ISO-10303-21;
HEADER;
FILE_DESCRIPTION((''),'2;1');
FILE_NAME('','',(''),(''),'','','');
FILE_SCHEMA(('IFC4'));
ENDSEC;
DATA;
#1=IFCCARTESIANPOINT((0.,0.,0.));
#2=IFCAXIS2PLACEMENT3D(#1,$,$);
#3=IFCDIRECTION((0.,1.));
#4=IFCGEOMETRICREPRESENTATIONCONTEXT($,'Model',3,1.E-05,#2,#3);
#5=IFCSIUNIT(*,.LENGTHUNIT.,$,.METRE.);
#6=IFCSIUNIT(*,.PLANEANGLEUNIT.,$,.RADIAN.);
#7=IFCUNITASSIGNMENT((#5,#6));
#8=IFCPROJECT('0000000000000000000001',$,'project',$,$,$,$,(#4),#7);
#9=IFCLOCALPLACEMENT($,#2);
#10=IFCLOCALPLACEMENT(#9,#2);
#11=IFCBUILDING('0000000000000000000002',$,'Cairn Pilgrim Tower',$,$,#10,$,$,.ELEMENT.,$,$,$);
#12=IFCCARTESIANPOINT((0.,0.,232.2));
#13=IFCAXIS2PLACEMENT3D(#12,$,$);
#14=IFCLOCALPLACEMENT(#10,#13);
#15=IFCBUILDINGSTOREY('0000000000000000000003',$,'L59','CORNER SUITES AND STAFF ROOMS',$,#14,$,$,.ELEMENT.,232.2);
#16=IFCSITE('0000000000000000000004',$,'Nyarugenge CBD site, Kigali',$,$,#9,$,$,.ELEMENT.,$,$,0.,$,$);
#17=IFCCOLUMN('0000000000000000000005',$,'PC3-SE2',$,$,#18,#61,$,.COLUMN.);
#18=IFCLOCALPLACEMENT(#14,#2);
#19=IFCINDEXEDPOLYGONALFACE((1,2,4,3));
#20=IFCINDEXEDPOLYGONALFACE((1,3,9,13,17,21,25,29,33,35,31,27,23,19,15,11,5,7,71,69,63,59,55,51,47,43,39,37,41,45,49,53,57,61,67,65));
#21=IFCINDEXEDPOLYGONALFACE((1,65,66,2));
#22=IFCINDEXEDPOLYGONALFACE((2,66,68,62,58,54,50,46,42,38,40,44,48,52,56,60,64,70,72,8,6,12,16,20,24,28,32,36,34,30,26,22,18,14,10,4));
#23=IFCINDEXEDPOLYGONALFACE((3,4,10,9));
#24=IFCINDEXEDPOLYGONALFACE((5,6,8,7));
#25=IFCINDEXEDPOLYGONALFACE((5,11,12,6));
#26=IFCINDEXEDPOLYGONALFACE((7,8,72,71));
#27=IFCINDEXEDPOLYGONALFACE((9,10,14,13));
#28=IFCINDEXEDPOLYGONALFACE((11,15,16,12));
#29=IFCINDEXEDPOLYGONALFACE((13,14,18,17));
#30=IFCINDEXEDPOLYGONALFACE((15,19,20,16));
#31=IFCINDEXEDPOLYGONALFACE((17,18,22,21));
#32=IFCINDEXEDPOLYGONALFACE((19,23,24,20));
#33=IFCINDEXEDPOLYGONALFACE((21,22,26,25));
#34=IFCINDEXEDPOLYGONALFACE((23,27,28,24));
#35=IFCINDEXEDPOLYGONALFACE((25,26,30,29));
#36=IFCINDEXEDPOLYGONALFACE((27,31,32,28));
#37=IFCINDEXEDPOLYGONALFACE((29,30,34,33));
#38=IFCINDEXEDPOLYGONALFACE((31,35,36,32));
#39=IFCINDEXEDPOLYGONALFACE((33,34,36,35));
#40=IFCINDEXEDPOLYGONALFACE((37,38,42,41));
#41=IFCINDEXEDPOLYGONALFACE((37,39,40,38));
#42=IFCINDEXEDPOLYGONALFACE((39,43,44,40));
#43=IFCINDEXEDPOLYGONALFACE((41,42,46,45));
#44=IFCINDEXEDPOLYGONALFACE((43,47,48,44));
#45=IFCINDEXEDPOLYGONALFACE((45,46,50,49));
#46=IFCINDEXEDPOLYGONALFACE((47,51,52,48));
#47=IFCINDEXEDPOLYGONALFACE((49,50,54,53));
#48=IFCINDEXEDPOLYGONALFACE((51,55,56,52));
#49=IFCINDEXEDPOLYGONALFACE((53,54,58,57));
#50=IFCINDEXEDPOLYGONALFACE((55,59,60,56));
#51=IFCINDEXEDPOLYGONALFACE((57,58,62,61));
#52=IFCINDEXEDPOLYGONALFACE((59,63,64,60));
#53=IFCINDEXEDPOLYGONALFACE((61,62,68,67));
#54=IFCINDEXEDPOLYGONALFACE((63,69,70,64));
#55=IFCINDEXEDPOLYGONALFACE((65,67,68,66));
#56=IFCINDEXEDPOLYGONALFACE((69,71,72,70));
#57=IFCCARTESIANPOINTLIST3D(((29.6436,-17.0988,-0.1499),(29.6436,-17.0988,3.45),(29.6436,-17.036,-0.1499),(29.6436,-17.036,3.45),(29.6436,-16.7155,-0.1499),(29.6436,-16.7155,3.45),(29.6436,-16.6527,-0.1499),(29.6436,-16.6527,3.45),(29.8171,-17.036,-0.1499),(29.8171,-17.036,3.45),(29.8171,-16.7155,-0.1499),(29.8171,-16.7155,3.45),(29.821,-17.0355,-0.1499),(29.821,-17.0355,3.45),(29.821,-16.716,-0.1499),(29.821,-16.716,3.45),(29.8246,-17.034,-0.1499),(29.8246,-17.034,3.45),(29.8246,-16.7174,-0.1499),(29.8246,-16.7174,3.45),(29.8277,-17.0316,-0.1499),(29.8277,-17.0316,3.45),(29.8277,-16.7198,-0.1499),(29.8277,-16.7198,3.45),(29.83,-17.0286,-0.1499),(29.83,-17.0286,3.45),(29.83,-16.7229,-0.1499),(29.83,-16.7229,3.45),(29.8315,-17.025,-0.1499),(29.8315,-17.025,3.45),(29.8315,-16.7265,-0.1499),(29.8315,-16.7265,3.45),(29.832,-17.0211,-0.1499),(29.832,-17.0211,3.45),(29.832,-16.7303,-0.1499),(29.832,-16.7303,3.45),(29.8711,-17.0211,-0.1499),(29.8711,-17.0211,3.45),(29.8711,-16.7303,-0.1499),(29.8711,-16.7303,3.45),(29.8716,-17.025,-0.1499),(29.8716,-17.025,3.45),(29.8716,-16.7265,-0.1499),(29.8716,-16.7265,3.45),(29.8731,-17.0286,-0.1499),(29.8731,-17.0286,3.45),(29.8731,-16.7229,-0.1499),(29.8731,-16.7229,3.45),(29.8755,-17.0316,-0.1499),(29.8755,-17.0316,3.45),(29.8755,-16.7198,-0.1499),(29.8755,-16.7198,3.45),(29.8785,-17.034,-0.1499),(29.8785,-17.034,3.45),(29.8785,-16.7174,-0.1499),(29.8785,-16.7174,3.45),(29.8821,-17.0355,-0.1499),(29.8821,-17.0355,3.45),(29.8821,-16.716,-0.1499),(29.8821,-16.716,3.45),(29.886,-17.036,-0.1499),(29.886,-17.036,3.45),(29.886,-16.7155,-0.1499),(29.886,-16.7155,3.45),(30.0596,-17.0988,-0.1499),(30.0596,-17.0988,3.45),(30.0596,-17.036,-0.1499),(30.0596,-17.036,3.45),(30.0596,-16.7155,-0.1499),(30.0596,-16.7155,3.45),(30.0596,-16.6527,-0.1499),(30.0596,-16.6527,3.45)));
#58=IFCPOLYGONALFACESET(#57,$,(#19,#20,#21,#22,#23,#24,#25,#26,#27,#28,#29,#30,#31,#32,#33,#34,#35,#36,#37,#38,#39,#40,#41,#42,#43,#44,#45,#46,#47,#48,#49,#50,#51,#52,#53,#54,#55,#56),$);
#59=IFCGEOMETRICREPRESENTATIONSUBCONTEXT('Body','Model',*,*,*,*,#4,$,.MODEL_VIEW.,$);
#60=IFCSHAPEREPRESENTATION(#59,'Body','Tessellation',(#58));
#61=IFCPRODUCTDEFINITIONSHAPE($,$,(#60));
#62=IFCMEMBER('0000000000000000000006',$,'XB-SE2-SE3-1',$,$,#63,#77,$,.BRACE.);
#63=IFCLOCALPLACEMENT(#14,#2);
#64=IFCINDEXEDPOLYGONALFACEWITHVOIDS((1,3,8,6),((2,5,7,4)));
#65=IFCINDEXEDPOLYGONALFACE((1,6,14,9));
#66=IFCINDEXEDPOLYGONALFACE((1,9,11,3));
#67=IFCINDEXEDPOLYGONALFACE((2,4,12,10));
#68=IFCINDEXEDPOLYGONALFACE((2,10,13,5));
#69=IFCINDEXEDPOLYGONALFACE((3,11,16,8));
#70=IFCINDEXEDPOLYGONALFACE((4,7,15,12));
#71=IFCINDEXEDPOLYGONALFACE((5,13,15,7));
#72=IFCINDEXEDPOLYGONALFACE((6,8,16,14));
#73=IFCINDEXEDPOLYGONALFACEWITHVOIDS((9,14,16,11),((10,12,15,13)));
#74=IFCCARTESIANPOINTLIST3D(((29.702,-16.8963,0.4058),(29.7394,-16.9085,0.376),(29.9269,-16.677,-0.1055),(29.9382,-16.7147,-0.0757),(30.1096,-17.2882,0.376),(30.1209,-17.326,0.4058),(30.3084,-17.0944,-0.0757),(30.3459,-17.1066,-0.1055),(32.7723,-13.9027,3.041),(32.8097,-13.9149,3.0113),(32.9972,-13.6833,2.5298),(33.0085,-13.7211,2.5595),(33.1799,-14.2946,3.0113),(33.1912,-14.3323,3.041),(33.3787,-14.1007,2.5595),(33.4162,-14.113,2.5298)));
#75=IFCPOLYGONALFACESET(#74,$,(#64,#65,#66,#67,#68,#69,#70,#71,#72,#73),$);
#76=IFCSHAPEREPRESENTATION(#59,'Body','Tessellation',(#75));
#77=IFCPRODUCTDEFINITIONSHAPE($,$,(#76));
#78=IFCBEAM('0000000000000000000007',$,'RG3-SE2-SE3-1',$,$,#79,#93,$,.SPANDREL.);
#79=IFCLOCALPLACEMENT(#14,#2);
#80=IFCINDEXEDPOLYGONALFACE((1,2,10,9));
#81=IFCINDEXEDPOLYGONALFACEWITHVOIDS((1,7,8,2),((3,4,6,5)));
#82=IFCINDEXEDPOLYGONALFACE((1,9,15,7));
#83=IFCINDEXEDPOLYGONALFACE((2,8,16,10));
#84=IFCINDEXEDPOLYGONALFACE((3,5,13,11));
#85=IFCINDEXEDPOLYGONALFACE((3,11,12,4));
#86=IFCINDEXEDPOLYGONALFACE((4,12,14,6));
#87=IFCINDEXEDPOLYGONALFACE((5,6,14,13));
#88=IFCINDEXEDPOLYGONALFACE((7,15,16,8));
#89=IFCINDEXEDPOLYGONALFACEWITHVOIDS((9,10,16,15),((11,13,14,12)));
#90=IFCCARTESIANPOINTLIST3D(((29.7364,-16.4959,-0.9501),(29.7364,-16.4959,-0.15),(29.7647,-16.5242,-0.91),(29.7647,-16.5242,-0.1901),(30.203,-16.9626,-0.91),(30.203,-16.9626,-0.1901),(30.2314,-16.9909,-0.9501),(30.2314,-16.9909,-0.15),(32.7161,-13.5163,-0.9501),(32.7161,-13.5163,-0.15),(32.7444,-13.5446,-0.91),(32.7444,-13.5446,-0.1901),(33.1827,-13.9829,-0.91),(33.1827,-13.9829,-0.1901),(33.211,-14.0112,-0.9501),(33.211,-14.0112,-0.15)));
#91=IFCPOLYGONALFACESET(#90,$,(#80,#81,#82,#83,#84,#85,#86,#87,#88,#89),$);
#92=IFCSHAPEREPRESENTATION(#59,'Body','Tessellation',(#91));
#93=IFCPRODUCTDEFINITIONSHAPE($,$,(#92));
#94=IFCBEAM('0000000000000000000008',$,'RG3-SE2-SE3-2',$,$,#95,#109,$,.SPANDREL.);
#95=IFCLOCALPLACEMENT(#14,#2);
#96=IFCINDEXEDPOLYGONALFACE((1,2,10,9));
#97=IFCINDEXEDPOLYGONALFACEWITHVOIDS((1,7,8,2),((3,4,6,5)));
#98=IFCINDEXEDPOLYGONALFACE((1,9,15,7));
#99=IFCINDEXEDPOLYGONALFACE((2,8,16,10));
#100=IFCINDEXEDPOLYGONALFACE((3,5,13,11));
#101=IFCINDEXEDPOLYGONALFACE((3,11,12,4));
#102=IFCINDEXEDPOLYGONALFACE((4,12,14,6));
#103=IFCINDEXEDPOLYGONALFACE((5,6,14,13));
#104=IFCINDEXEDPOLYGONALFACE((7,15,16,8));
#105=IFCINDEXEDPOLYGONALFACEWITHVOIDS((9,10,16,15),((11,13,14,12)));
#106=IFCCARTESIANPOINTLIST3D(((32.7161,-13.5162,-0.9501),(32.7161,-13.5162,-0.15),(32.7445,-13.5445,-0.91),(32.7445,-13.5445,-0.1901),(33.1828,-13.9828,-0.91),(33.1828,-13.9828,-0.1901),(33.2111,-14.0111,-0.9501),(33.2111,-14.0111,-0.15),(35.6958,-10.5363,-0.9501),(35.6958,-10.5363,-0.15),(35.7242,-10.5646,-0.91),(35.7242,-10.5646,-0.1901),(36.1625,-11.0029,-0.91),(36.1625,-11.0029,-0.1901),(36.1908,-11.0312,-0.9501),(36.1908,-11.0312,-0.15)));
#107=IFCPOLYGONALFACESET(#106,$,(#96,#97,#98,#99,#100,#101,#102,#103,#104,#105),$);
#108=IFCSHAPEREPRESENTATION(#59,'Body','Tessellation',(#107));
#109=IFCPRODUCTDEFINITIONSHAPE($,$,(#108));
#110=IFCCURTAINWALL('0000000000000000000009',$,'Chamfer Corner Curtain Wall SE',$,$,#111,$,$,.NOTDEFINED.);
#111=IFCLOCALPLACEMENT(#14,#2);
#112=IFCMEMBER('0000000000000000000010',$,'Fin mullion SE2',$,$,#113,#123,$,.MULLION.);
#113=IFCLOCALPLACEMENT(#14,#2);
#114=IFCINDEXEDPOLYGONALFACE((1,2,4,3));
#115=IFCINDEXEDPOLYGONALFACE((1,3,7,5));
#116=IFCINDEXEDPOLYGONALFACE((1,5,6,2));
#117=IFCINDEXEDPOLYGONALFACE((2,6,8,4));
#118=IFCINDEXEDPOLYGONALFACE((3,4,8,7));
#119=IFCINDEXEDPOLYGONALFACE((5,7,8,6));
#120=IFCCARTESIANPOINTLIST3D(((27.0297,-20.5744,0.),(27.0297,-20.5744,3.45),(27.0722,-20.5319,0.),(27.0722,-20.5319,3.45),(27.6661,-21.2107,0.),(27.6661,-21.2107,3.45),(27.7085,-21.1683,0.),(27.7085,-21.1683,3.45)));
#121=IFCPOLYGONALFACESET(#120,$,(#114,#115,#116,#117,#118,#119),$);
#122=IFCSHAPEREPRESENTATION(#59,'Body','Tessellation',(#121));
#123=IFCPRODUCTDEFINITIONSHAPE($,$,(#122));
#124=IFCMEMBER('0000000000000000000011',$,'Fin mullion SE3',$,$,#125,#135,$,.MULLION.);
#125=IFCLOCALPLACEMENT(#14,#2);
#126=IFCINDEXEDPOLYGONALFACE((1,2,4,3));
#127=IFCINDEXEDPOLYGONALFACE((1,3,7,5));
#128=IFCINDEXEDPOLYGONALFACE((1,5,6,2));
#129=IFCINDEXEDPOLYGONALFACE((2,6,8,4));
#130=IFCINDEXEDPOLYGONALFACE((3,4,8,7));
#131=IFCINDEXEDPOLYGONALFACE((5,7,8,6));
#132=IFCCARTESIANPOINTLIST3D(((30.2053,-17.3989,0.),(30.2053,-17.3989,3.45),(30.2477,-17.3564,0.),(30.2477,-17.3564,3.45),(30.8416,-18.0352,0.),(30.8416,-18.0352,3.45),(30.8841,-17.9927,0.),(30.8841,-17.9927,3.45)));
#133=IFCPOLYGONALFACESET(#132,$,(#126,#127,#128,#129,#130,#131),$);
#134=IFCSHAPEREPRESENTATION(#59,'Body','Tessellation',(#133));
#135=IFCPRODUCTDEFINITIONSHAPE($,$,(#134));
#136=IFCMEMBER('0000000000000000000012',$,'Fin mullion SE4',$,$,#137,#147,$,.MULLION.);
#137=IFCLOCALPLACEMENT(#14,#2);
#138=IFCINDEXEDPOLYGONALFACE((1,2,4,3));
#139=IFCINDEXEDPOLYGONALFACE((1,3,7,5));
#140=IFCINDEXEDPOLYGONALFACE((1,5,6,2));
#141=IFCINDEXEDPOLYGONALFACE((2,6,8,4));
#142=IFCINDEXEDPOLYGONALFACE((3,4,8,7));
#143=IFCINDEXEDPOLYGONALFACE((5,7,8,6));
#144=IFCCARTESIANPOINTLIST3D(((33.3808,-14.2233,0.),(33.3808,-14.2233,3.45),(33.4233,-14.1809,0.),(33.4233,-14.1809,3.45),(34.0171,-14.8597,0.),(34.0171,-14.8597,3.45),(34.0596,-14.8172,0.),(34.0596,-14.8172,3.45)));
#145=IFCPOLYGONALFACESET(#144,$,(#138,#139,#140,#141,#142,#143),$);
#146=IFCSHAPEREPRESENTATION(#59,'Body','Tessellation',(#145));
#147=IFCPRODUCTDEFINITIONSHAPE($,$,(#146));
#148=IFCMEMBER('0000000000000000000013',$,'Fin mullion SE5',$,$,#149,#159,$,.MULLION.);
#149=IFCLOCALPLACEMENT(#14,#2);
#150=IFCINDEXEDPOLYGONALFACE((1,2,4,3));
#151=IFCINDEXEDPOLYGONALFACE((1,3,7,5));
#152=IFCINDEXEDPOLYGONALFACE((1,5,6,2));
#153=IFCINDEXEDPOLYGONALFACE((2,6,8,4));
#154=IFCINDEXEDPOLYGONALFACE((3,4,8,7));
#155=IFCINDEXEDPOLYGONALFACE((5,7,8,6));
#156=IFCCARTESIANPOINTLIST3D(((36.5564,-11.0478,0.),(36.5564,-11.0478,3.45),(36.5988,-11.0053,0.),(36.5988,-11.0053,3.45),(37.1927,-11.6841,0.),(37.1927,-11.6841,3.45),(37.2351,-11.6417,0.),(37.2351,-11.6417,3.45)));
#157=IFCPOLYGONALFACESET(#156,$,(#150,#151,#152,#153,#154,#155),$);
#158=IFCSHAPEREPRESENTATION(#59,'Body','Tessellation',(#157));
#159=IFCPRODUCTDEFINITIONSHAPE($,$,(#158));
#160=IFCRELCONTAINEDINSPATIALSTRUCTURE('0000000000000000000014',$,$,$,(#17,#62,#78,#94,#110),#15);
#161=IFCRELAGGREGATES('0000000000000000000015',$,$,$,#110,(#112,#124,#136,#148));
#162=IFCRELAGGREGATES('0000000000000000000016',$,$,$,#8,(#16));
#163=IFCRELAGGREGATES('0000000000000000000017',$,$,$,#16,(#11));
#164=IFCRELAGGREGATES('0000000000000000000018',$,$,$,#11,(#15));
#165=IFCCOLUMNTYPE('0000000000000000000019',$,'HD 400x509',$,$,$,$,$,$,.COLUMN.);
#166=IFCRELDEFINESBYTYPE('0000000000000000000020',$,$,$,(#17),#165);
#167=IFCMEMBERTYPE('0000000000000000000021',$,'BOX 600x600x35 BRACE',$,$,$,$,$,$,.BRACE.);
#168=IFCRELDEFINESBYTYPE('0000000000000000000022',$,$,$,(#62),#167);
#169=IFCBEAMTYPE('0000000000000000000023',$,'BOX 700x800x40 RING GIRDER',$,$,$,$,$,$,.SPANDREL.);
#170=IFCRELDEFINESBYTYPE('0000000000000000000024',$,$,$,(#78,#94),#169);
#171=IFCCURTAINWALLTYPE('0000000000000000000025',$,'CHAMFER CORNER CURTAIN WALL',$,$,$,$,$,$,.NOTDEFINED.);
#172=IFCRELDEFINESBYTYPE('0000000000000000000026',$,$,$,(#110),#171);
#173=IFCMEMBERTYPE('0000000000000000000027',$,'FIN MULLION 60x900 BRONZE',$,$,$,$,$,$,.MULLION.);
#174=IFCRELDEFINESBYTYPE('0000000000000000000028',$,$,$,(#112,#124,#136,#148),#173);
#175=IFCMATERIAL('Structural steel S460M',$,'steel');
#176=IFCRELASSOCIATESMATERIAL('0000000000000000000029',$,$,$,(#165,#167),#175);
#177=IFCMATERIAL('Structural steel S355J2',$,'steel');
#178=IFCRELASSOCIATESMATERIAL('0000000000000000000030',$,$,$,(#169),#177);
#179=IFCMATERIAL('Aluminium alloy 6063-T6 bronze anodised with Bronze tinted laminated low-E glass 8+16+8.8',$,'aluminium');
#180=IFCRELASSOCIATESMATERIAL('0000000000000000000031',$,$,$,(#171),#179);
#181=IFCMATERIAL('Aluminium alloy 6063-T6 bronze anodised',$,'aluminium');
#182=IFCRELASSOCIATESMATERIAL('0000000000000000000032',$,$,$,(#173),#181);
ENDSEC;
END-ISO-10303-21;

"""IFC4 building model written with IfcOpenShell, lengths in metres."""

from ifc_helpers import new_model, si_unit, direction, frame, origin, origin_2d, place, context, subcontext, project, spatial, rectangle, hollow_rectangle, i_section, extrude, material, material_profile, profile_set, type_object, element, aggregate, save


model = new_model("IFC4")

# Units and contexts
model_context = context("Model", 3, precision=1e-05, world=origin(), true_north=direction((0.0, 1.0)))
body_context = subcontext(model_context, "Body", "Model", "MODEL_VIEW")
ifc_project = project(units=[si_unit("LENGTHUNIT", "METRE"), si_unit("PLANEANGLEUNIT", "RADIAN")], contexts=[model_context])

# Site, building, storey
site_placement = place(None, origin())
site = spatial("IfcSite", under=ifc_project, at=site_placement, Name="Nyarugenge CBD site, Kigali", CompositionType="ELEMENT", RefElevation=0.0)
building_placement = place(site_placement, origin())
building = spatial("IfcBuilding", under=site, at=building_placement, Name="Cairn Pilgrim Tower", CompositionType="ELEMENT")
storey_placement = place(building_placement, frame((0.0, 0.0, 232.2)))
storey = spatial("IfcBuildingStorey", under=building, at=storey_placement, Name="L59", Description="CORNER SUITES AND STAFF ROOMS", CompositionType="ELEMENT", Elevation=232.2)

# Column
ifc_material_1 = material(Name="Structural steel S460M", Category="steel")
ifc_material_profile_1 = material_profile(ifc_material_1, i_section(OverallWidth=0.416, OverallDepth=0.446, WebThickness=0.0391, FlangeThickness=0.0627, FilletRadius=0.0149, at=origin_2d()), Name="HD 400x509")
ifc_profile_set_1 = profile_set([ifc_material_profile_1], Name="Structural steel S460M")
column_type = type_object("IfcColumnType", Name="HD 400x509", PredefinedType="COLUMN", material=ifc_profile_set_1)
column_placement = place(storey_placement, frame((29.8516, -16.8757, -0.1499), z_axis=(0.0, 0.0, 1.0), x_axis=(1.0, 0.0, 0.0)))
element("IfcColumn", 1, at=column_placement, inside=storey, type_object=column_type, Name="PC3-SE2", PredefinedType="COLUMN", context=body_context, shape_type="SweptSolid", body=[
    extrude(i_section(OverallWidth=0.416, OverallDepth=0.446, WebThickness=0.0391, FlangeThickness=0.0627, FilletRadius=0.0149, at=origin_2d()), origin(), (0.0, 0.0, 1.0), 3.5999),
])

# Member
ifc_material_profile_2 = material_profile(ifc_material_1, hollow_rectangle(XDim=0.6001, YDim=0.6001, WallThickness=0.0349, at=origin_2d()), Name="BOX 600x600x35")
ifc_profile_set_2 = profile_set([ifc_material_profile_2], Name="Structural steel S460M")
member_type_1 = type_object("IfcMemberType", Name="BOX 600x600x35 BRACE", PredefinedType="BRACE", material=ifc_profile_set_2)
member_1_placement = place(storey_placement, frame((30.0239, -17.0015, 0.1501), z_axis=(0.610009, 0.594778, 0.523572), x_axis=(-0.698112, 0.715989, 0.0)))
element("IfcMember", 2, at=member_1_placement, inside=storey, type_object=member_type_1, Name="XB-SE2-SE3-1", PredefinedType="BRACE", context=body_context, shape_type="SweptSolid", body=[
    extrude(hollow_rectangle(XDim=0.6001, YDim=0.6001, WallThickness=0.0349, at=origin_2d()), origin(), (0.0, 0.0, 1.0), 5.0332),
])

# Beams
ifc_material_2 = material(Name="Structural steel S355J2", Category="steel")
ifc_material_profile_3 = material_profile(ifc_material_2, hollow_rectangle(XDim=0.7, YDim=0.8, WallThickness=0.04, at=origin_2d()), Name="BOX 700x800x40")
ifc_profile_set_3 = profile_set([ifc_material_profile_3], Name="Structural steel S355J2")
beam_type_1 = type_object("IfcBeamType", Name="BOX 700x800x40 RING GIRDER", PredefinedType="SPANDREL", material=ifc_profile_set_3)
beam_1_placement = place(storey_placement, frame((29.9839, -16.7434, -0.55), z_axis=(0.707107, 0.707107, 0.0), x_axis=(-0.707107, 0.707107, 0.0)))
element("IfcBeam", 3, at=beam_1_placement, inside=storey, type_object=beam_type_1, Name="RG3-SE2-SE3-1", PredefinedType="SPANDREL", context=body_context, shape_type="SweptSolid", body=[
    extrude(hollow_rectangle(XDim=0.7, YDim=0.8, WallThickness=0.04, at=origin_2d()), origin(), (0.0, 0.0, 1.0), 4.2139),
])
beam_2_placement = place(storey_placement, frame((32.9636, -13.7637, -0.55), z_axis=(0.707078, 0.707136, 0.0), x_axis=(-0.707136, 0.707078, 0.0)))
element("IfcBeam", 4, at=beam_2_placement, inside=storey, type_object=beam_type_1, Name="RG3-SE2-SE3-2", PredefinedType="SPANDREL", context=body_context, shape_type="SweptSolid", body=[
    extrude(hollow_rectangle(XDim=0.7, YDim=0.8, WallThickness=0.04, at=origin_2d()), origin(), (0.0, 0.0, 1.0), 4.2141),
])

# Curtain wall, members
ifc_material_3 = material(Name="Aluminium alloy 6063-T6 bronze anodised with Bronze tinted laminated low-E glass 8+16+8.8", Category="aluminium")
curtain_wall_type = type_object("IfcCurtainWallType", Name="CHAMFER CORNER CURTAIN WALL", PredefinedType="NOTDEFINED", material=ifc_material_3)
curtain_wall_placement = place(storey_placement, origin())
curtain_wall = element("IfcCurtainWall", 5, at=curtain_wall_placement, inside=storey, type_object=curtain_wall_type, Name="Chamfer Corner Curtain Wall SE", PredefinedType="NOTDEFINED")
ifc_material_4 = material(Name="Aluminium alloy 6063-T6 bronze anodised", Category="aluminium")
ifc_material_profile_4 = material_profile(ifc_material_4, rectangle(XDim=0.8999, YDim=0.0601, at=origin_2d()), Name="FIN MULLION 60x900 BRONZE")
ifc_profile_set_4 = profile_set([ifc_material_profile_4], Name="Aluminium alloy 6063-T6 bronze anodised")
member_type_2 = type_object("IfcMemberType", Name="FIN MULLION 60x900 BRONZE", PredefinedType="MULLION", material=ifc_profile_set_4)
member_2_placement = place(storey_placement, frame((27.3691, -20.8713, 0.0), z_axis=(0.0, 0.0, 1.0), x_axis=(0.707107, -0.707107, 0.0)))
member_2 = element("IfcMember", 6, at=member_2_placement, type_object=member_type_2, Name="Fin mullion SE2", PredefinedType="MULLION", context=body_context, shape_type="SweptSolid", body=[
    extrude(rectangle(XDim=0.8999, YDim=0.0601, at=origin_2d()), origin(), (0.0, 0.0, 1.0), 3.45),
])
member_3_placement = place(storey_placement, frame((30.5447, -17.6958, 0.0), z_axis=(0.0, 0.0, 1.0), x_axis=(0.707107, -0.707107, 0.0)))
member_3 = element("IfcMember", 7, at=member_3_placement, type_object=member_type_2, Name="Fin mullion SE3", PredefinedType="MULLION", context=body_context, shape_type="SweptSolid", body=[
    extrude(rectangle(XDim=0.8999, YDim=0.0601, at=origin_2d()), origin(), (0.0, 0.0, 1.0), 3.45),
])
member_4_placement = place(storey_placement, frame((33.7202, -14.5203, 0.0), z_axis=(0.0, 0.0, 1.0), x_axis=(0.707107, -0.707107, 0.0)))
member_4 = element("IfcMember", 8, at=member_4_placement, type_object=member_type_2, Name="Fin mullion SE4", PredefinedType="MULLION", context=body_context, shape_type="SweptSolid", body=[
    extrude(rectangle(XDim=0.8999, YDim=0.0601, at=origin_2d()), origin(), (0.0, 0.0, 1.0), 3.45),
])
member_5_placement = place(storey_placement, frame((36.8958, -11.3447, 0.0), z_axis=(0.0, 0.0, 1.0), x_axis=(0.707107, -0.707107, 0.0)))
member_5 = element("IfcMember", 9, at=member_5_placement, type_object=member_type_2, Name="Fin mullion SE5", PredefinedType="MULLION", context=body_context, shape_type="SweptSolid", body=[
    extrude(rectangle(XDim=0.8999, YDim=0.0601, at=origin_2d()), origin(), (0.0, 0.0, 1.0), 3.45),
])

aggregate(curtain_wall, [member_2, member_3, member_4, member_5])

save(model, "model.ifc")
